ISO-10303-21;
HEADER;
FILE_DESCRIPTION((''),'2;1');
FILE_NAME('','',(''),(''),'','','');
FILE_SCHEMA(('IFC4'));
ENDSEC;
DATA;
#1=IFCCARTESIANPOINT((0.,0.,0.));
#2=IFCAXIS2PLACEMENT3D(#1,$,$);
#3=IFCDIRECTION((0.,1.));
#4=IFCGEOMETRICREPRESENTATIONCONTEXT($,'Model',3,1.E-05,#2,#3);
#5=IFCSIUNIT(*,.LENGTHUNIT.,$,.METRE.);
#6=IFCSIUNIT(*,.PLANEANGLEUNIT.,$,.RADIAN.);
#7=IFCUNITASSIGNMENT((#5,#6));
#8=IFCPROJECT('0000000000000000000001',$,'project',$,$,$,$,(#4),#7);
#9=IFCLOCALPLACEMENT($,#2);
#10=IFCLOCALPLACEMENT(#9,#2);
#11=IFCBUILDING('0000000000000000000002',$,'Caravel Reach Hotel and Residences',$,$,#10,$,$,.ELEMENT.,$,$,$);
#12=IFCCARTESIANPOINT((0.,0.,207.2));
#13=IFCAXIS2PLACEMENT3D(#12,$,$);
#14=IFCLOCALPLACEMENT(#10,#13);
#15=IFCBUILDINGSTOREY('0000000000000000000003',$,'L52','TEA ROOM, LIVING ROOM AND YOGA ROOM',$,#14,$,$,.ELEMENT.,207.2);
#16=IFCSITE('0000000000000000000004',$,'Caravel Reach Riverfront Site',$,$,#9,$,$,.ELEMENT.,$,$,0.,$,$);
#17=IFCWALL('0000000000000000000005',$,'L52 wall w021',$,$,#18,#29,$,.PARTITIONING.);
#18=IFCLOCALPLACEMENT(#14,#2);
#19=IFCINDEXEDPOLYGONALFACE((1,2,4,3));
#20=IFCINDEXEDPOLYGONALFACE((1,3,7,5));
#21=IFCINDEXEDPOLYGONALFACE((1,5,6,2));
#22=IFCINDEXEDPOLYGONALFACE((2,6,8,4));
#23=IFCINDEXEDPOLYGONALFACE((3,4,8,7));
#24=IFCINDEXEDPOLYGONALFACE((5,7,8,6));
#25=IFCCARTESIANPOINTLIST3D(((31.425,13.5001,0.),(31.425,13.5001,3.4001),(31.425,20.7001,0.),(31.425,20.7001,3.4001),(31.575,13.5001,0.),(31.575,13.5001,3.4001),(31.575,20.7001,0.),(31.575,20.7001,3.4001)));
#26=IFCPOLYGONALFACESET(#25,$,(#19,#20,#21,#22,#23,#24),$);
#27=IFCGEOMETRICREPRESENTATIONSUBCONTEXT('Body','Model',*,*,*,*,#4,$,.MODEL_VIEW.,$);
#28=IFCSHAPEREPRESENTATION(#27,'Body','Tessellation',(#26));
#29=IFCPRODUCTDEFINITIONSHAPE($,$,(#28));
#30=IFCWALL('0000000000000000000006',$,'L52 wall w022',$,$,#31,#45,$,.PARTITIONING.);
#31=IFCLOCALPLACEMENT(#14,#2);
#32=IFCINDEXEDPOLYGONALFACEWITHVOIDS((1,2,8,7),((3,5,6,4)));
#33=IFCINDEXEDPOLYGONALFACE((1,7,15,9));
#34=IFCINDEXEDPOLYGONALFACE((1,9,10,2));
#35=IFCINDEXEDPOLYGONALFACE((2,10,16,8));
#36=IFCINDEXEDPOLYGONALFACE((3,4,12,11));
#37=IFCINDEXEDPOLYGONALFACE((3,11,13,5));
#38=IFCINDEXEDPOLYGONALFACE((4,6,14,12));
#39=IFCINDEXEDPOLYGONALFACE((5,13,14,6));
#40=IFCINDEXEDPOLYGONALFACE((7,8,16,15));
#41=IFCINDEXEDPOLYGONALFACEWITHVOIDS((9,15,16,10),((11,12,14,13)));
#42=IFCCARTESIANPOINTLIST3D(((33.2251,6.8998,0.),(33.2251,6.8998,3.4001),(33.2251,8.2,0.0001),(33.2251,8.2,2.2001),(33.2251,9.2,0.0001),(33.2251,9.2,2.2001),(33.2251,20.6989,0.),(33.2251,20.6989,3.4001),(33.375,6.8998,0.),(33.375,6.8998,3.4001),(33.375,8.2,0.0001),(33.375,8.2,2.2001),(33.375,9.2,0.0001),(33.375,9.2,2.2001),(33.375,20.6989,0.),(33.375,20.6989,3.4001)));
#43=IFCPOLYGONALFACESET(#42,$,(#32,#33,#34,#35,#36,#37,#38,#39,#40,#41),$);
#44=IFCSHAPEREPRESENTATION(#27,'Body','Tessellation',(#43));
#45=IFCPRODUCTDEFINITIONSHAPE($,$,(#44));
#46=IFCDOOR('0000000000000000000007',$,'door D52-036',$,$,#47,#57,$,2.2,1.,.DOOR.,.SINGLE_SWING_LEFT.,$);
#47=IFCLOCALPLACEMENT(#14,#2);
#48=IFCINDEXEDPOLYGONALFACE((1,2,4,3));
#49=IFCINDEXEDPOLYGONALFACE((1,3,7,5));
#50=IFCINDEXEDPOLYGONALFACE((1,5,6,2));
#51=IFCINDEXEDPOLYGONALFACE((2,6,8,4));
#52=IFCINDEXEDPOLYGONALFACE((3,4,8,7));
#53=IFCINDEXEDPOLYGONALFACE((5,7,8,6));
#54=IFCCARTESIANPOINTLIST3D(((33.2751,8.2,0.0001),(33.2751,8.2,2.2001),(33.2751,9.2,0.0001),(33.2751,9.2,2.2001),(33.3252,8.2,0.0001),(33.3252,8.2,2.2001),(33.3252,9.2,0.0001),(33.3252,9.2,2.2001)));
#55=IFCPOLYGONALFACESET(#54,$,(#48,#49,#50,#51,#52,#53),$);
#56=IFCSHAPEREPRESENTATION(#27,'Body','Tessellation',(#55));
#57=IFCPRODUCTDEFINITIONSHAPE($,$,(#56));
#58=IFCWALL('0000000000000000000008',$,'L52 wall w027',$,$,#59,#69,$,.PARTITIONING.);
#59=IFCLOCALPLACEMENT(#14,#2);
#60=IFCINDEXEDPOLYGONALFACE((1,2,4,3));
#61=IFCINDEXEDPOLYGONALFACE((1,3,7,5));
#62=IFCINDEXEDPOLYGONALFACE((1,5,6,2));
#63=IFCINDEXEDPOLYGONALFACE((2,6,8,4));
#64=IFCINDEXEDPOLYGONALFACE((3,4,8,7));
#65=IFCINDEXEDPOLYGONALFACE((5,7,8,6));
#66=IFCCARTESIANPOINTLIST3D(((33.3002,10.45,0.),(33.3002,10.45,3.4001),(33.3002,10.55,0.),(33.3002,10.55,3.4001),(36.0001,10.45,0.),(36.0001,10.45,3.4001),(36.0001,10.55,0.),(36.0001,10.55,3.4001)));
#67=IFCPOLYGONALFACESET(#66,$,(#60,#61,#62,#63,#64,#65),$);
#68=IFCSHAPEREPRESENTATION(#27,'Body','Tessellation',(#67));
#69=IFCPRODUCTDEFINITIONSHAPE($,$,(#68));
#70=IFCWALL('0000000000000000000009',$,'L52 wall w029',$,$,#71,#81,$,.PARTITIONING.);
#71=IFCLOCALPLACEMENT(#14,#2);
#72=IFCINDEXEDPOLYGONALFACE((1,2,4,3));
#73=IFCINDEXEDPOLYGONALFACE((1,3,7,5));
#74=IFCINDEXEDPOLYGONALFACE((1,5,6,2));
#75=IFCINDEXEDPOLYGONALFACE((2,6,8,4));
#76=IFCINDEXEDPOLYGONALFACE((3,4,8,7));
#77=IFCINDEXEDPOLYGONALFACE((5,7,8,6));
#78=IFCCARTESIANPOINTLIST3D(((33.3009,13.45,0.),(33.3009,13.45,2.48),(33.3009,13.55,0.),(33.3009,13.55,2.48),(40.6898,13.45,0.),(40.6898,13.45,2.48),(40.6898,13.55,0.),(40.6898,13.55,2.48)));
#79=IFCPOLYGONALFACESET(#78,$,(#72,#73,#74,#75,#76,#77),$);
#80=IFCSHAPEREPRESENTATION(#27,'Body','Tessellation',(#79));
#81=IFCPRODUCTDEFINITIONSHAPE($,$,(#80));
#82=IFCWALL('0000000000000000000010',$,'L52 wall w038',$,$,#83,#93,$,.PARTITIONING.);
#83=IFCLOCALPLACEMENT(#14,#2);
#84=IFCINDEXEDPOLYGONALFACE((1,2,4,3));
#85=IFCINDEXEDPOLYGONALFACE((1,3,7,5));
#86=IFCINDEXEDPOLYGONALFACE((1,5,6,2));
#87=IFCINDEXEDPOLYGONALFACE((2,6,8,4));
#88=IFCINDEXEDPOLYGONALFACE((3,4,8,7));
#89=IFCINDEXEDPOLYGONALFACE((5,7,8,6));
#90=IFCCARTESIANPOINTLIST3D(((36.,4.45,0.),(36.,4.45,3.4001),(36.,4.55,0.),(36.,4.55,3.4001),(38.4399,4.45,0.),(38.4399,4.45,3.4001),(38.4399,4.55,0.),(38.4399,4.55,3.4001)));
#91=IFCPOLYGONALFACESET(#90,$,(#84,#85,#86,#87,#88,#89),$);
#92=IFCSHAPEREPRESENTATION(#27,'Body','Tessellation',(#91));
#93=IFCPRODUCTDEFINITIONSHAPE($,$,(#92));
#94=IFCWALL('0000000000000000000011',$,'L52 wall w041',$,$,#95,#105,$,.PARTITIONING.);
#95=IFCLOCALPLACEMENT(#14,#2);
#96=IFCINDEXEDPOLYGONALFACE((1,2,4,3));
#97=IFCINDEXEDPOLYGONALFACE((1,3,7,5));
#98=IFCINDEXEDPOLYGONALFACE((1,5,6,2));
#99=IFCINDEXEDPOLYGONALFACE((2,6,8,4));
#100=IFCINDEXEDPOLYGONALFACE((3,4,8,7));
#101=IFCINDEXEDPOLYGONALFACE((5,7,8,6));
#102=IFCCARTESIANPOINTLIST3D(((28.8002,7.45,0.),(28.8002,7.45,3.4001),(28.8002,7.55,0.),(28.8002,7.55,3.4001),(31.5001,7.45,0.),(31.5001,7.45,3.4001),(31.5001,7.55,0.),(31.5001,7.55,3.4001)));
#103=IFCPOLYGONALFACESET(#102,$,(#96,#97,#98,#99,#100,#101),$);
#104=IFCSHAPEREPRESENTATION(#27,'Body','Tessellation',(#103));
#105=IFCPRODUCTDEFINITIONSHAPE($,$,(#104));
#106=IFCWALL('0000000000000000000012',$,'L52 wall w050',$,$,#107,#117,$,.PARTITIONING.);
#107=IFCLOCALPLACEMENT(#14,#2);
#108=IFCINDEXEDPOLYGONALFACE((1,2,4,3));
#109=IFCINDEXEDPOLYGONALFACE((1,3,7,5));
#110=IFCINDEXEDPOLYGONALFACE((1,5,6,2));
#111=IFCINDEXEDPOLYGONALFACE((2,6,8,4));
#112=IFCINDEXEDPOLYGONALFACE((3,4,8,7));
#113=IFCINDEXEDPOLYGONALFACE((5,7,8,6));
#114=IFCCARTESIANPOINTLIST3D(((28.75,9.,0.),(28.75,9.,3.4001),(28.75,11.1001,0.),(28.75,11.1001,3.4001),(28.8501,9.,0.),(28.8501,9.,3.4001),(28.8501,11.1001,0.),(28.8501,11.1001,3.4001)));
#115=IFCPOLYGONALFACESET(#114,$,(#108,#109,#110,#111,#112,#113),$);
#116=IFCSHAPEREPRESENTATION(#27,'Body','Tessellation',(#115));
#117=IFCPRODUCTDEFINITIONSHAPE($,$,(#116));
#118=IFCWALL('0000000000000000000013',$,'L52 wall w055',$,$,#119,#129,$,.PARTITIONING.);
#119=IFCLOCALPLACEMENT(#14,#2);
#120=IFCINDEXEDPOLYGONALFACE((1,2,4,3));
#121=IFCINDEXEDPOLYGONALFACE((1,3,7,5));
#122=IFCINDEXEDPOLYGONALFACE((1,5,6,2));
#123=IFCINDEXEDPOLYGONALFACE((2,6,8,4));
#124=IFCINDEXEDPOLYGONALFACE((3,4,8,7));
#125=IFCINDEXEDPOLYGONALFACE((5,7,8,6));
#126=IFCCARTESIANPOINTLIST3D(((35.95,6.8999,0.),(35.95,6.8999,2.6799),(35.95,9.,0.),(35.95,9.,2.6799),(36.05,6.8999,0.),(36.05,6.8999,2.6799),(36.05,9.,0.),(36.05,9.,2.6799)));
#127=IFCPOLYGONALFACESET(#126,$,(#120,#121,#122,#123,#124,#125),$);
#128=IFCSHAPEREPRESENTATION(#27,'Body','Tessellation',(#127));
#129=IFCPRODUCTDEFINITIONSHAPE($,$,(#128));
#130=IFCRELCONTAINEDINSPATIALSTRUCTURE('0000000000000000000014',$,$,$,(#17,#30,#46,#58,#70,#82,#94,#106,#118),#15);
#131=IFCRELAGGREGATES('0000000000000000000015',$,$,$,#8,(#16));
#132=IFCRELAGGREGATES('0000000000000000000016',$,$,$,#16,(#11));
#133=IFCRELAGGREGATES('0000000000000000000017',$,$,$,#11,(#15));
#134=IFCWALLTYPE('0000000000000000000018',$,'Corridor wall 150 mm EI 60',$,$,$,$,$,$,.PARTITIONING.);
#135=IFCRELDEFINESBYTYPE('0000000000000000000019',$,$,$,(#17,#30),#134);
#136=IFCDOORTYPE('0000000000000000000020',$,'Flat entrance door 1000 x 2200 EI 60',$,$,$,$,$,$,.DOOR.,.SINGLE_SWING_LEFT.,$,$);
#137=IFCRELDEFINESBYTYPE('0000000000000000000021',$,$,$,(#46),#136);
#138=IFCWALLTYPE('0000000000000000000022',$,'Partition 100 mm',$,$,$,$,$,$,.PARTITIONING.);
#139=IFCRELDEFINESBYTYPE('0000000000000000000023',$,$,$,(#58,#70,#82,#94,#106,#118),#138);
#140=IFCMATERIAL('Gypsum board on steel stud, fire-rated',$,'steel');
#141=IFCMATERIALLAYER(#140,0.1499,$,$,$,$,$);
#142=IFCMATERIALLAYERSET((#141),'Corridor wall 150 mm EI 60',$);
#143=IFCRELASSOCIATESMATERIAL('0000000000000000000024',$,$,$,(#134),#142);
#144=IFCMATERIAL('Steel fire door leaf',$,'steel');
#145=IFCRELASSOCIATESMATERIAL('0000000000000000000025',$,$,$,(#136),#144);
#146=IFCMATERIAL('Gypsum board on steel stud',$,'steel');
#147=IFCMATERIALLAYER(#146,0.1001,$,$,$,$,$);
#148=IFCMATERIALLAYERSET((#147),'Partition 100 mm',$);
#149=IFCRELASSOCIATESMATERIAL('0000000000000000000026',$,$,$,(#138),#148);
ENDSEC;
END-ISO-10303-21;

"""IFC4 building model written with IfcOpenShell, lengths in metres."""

from ifc_helpers import new_model, si_unit, direction, frame, frame_2d, origin, place, context, subcontext, project, spatial, rectangle, extrude, material, layer, layer_set, type_object, element, fill, save


model = new_model("IFC4")

# Units and contexts
model_context = context("Model", 3, precision=1e-05, world=origin(), true_north=direction((0.0, 1.0)))
body_context = subcontext(model_context, "Body", "Model", "MODEL_VIEW")
ifc_project = project(units=[si_unit("LENGTHUNIT", "METRE"), si_unit("PLANEANGLEUNIT", "RADIAN")], contexts=[model_context])

# Site, building, storey
site_placement = place(None, origin())
site = spatial("IfcSite", under=ifc_project, at=site_placement, Name="Caravel Reach Riverfront Site", CompositionType="ELEMENT", RefElevation=0.0)
building_placement = place(site_placement, origin())
building = spatial("IfcBuilding", under=site, at=building_placement, Name="Caravel Reach Hotel and Residences", CompositionType="ELEMENT")
storey_placement = place(building_placement, frame((0.0, 0.0, 207.2)))
storey = spatial("IfcBuildingStorey", under=building, at=storey_placement, Name="L52", Description="TEA ROOM, LIVING ROOM AND YOGA ROOM", CompositionType="ELEMENT", Elevation=207.2)

# Shared definitions
ifc_material_1 = material(Name="Gypsum board on steel stud, fire-rated", Category="steel")
ifc_layer_1 = layer(ifc_material_1, 0.1499)
ifc_layer_set_1 = layer_set([ifc_layer_1], Name="Corridor wall 150 mm EI 60")
wall_type_1 = type_object("IfcWallType", Name="Corridor wall 150 mm EI 60", PredefinedType="PARTITIONING", material=ifc_layer_set_1)
ifc_material_2 = material(Name="Steel fire door leaf", Category="steel")
door_type_1 = type_object("IfcDoorType", Name="Flat entrance door 1000 x 2200 EI 60", OperationType="SINGLE_SWING_LEFT", PredefinedType="DOOR", material=ifc_material_2)

# Wall
wall_1_placement = place(storey_placement, frame((31.5, 13.5, 0.0), z_axis=(0.0, 0.0, 1.0), x_axis=(0.0, 1.0, 0.0)))
element("IfcWall", 1, at=wall_1_placement, inside=storey, type_object=wall_type_1, Name="L52 wall w021", PredefinedType="PARTITIONING", context=body_context, shape_type="SweptSolid", body=[
    extrude(rectangle(XDim=7.2, YDim=0.1499, at=frame_2d((3.6001, 0.0))), origin(), (0.0, 0.0, 1.0), 3.4001),
])

# Wall, opening, door
wall_2_placement = place(storey_placement, frame((33.3, 6.8999, 0.0), z_axis=(0.0, 0.0, 1.0), x_axis=(0.0, 1.0, 0.0)))
wall_2 = element("IfcWall", 2, at=wall_2_placement, inside=storey, type_object=wall_type_1, Name="L52 wall w022", PredefinedType="PARTITIONING", context=body_context, shape_type="SweptSolid", body=[
    extrude(rectangle(XDim=13.7991, YDim=0.1499, at=frame_2d((6.8994, 0.0))), origin(), (0.0, 0.0, 1.0), 3.4001),
])
opening_1_placement = place(wall_2_placement, frame((1.3, 0.0, 0.0)))
opening_1 = element("IfcOpeningElement", 3, at=opening_1_placement, cuts=wall_2, PredefinedType="OPENING", context=body_context, shape_type="SweptSolid", body=[
    extrude(rectangle(XDim=1.0, YDim=2.2, at=frame_2d((0.5, 1.1001))), frame((0.0, 0.085, 0.0), z_axis=(0.0, -1.0, 0.0), x_axis=(1.0, 0.0, 0.0)), (0.0, 0.0, 1.0), 0.1699),
])
door_1_placement = place(opening_1_placement, origin())
door_1 = element("IfcDoor", 4, at=door_1_placement, inside=storey, type_object=door_type_1, Name="door D52-036", OperationType="SINGLE_SWING_LEFT", OverallHeight=2.2, OverallWidth=1.0, PredefinedType="DOOR", context=body_context, shape_type="SweptSolid", body=[
    extrude(rectangle(XDim=1.0, YDim=2.2, at=frame_2d((0.5, 1.1001))), frame((0.0, 0.0249, 0.0), z_axis=(0.0, -1.0, 0.0), x_axis=(1.0, 0.0, 0.0)), (0.0, 0.0, 1.0), 0.05),
])
fill(opening_1, door_1)

# Walls
ifc_material_3 = material(Name="Gypsum board on steel stud", Category="steel")
ifc_layer_2 = layer(ifc_material_3, 0.1001)
ifc_layer_set_2 = layer_set([ifc_layer_2], Name="Partition 100 mm")
wall_type_2 = type_object("IfcWallType", Name="Partition 100 mm", PredefinedType="PARTITIONING", material=ifc_layer_set_2)
wall_3_placement = place(storey_placement, frame((33.3, 10.5, 0.0), z_axis=(0.0, 0.0, 1.0), x_axis=(1.0, 0.0, 0.0)))
element("IfcWall", 5, at=wall_3_placement, inside=storey, type_object=wall_type_2, Name="L52 wall w027", PredefinedType="PARTITIONING", context=body_context, shape_type="SweptSolid", body=[
    extrude(rectangle(XDim=2.7, YDim=0.1001, at=frame_2d((1.3501, 0.0))), origin(), (0.0, 0.0, 1.0), 3.4001),
])
wall_4_placement = place(storey_placement, frame((33.301, 13.5, 0.0), z_axis=(0.0, 0.0, 1.0), x_axis=(1.0, 0.0, 0.0)))
element("IfcWall", 6, at=wall_4_placement, inside=storey, type_object=wall_type_2, Name="L52 wall w029", PredefinedType="PARTITIONING", context=body_context, shape_type="SweptSolid", body=[
    extrude(rectangle(XDim=7.3889, YDim=0.1001, at=frame_2d((3.6943, 0.0))), origin(), (0.0, 0.0, 1.0), 2.48),
])
wall_5_placement = place(storey_placement, frame((36.0, 4.5, 0.0), z_axis=(0.0, 0.0, 1.0), x_axis=(1.0, 0.0, 0.0)))
element("IfcWall", 7, at=wall_5_placement, inside=storey, type_object=wall_type_2, Name="L52 wall w038", PredefinedType="PARTITIONING", context=body_context, shape_type="SweptSolid", body=[
    extrude(rectangle(XDim=2.4399, YDim=0.1001, at=frame_2d((1.22, 0.0))), origin(), (0.0, 0.0, 1.0), 3.4001),
])
wall_6_placement = place(storey_placement, frame((28.8, 7.5, 0.0), z_axis=(0.0, 0.0, 1.0), x_axis=(1.0, 0.0, 0.0)))
element("IfcWall", 8, at=wall_6_placement, inside=storey, type_object=wall_type_2, Name="L52 wall w041", PredefinedType="PARTITIONING", context=body_context, shape_type="SweptSolid", body=[
    extrude(rectangle(XDim=2.7, YDim=0.1001, at=frame_2d((1.3501, 0.0))), origin(), (0.0, 0.0, 1.0), 3.4001),
])
wall_7_placement = place(storey_placement, frame((28.8, 9.0, 0.0), z_axis=(0.0, 0.0, 1.0), x_axis=(0.0, 1.0, 0.0)))
element("IfcWall", 9, at=wall_7_placement, inside=storey, type_object=wall_type_2, Name="L52 wall w050", PredefinedType="PARTITIONING", context=body_context, shape_type="SweptSolid", body=[
    extrude(rectangle(XDim=2.1001, YDim=0.1001, at=frame_2d((1.05, 0.0))), origin(), (0.0, 0.0, 1.0), 3.4001),
])
wall_8_placement = place(storey_placement, frame((36.0, 6.8999, 0.0), z_axis=(0.0, 0.0, 1.0), x_axis=(0.0, 1.0, 0.0)))
element("IfcWall", 10, at=wall_8_placement, inside=storey, type_object=wall_type_2, Name="L52 wall w055", PredefinedType="PARTITIONING", context=body_context, shape_type="SweptSolid", body=[
    extrude(rectangle(XDim=2.1001, YDim=0.1001, at=frame_2d((1.05, 0.0))), origin(), (0.0, 0.0, 1.0), 2.6799),
])

save(model, "model.ifc")
